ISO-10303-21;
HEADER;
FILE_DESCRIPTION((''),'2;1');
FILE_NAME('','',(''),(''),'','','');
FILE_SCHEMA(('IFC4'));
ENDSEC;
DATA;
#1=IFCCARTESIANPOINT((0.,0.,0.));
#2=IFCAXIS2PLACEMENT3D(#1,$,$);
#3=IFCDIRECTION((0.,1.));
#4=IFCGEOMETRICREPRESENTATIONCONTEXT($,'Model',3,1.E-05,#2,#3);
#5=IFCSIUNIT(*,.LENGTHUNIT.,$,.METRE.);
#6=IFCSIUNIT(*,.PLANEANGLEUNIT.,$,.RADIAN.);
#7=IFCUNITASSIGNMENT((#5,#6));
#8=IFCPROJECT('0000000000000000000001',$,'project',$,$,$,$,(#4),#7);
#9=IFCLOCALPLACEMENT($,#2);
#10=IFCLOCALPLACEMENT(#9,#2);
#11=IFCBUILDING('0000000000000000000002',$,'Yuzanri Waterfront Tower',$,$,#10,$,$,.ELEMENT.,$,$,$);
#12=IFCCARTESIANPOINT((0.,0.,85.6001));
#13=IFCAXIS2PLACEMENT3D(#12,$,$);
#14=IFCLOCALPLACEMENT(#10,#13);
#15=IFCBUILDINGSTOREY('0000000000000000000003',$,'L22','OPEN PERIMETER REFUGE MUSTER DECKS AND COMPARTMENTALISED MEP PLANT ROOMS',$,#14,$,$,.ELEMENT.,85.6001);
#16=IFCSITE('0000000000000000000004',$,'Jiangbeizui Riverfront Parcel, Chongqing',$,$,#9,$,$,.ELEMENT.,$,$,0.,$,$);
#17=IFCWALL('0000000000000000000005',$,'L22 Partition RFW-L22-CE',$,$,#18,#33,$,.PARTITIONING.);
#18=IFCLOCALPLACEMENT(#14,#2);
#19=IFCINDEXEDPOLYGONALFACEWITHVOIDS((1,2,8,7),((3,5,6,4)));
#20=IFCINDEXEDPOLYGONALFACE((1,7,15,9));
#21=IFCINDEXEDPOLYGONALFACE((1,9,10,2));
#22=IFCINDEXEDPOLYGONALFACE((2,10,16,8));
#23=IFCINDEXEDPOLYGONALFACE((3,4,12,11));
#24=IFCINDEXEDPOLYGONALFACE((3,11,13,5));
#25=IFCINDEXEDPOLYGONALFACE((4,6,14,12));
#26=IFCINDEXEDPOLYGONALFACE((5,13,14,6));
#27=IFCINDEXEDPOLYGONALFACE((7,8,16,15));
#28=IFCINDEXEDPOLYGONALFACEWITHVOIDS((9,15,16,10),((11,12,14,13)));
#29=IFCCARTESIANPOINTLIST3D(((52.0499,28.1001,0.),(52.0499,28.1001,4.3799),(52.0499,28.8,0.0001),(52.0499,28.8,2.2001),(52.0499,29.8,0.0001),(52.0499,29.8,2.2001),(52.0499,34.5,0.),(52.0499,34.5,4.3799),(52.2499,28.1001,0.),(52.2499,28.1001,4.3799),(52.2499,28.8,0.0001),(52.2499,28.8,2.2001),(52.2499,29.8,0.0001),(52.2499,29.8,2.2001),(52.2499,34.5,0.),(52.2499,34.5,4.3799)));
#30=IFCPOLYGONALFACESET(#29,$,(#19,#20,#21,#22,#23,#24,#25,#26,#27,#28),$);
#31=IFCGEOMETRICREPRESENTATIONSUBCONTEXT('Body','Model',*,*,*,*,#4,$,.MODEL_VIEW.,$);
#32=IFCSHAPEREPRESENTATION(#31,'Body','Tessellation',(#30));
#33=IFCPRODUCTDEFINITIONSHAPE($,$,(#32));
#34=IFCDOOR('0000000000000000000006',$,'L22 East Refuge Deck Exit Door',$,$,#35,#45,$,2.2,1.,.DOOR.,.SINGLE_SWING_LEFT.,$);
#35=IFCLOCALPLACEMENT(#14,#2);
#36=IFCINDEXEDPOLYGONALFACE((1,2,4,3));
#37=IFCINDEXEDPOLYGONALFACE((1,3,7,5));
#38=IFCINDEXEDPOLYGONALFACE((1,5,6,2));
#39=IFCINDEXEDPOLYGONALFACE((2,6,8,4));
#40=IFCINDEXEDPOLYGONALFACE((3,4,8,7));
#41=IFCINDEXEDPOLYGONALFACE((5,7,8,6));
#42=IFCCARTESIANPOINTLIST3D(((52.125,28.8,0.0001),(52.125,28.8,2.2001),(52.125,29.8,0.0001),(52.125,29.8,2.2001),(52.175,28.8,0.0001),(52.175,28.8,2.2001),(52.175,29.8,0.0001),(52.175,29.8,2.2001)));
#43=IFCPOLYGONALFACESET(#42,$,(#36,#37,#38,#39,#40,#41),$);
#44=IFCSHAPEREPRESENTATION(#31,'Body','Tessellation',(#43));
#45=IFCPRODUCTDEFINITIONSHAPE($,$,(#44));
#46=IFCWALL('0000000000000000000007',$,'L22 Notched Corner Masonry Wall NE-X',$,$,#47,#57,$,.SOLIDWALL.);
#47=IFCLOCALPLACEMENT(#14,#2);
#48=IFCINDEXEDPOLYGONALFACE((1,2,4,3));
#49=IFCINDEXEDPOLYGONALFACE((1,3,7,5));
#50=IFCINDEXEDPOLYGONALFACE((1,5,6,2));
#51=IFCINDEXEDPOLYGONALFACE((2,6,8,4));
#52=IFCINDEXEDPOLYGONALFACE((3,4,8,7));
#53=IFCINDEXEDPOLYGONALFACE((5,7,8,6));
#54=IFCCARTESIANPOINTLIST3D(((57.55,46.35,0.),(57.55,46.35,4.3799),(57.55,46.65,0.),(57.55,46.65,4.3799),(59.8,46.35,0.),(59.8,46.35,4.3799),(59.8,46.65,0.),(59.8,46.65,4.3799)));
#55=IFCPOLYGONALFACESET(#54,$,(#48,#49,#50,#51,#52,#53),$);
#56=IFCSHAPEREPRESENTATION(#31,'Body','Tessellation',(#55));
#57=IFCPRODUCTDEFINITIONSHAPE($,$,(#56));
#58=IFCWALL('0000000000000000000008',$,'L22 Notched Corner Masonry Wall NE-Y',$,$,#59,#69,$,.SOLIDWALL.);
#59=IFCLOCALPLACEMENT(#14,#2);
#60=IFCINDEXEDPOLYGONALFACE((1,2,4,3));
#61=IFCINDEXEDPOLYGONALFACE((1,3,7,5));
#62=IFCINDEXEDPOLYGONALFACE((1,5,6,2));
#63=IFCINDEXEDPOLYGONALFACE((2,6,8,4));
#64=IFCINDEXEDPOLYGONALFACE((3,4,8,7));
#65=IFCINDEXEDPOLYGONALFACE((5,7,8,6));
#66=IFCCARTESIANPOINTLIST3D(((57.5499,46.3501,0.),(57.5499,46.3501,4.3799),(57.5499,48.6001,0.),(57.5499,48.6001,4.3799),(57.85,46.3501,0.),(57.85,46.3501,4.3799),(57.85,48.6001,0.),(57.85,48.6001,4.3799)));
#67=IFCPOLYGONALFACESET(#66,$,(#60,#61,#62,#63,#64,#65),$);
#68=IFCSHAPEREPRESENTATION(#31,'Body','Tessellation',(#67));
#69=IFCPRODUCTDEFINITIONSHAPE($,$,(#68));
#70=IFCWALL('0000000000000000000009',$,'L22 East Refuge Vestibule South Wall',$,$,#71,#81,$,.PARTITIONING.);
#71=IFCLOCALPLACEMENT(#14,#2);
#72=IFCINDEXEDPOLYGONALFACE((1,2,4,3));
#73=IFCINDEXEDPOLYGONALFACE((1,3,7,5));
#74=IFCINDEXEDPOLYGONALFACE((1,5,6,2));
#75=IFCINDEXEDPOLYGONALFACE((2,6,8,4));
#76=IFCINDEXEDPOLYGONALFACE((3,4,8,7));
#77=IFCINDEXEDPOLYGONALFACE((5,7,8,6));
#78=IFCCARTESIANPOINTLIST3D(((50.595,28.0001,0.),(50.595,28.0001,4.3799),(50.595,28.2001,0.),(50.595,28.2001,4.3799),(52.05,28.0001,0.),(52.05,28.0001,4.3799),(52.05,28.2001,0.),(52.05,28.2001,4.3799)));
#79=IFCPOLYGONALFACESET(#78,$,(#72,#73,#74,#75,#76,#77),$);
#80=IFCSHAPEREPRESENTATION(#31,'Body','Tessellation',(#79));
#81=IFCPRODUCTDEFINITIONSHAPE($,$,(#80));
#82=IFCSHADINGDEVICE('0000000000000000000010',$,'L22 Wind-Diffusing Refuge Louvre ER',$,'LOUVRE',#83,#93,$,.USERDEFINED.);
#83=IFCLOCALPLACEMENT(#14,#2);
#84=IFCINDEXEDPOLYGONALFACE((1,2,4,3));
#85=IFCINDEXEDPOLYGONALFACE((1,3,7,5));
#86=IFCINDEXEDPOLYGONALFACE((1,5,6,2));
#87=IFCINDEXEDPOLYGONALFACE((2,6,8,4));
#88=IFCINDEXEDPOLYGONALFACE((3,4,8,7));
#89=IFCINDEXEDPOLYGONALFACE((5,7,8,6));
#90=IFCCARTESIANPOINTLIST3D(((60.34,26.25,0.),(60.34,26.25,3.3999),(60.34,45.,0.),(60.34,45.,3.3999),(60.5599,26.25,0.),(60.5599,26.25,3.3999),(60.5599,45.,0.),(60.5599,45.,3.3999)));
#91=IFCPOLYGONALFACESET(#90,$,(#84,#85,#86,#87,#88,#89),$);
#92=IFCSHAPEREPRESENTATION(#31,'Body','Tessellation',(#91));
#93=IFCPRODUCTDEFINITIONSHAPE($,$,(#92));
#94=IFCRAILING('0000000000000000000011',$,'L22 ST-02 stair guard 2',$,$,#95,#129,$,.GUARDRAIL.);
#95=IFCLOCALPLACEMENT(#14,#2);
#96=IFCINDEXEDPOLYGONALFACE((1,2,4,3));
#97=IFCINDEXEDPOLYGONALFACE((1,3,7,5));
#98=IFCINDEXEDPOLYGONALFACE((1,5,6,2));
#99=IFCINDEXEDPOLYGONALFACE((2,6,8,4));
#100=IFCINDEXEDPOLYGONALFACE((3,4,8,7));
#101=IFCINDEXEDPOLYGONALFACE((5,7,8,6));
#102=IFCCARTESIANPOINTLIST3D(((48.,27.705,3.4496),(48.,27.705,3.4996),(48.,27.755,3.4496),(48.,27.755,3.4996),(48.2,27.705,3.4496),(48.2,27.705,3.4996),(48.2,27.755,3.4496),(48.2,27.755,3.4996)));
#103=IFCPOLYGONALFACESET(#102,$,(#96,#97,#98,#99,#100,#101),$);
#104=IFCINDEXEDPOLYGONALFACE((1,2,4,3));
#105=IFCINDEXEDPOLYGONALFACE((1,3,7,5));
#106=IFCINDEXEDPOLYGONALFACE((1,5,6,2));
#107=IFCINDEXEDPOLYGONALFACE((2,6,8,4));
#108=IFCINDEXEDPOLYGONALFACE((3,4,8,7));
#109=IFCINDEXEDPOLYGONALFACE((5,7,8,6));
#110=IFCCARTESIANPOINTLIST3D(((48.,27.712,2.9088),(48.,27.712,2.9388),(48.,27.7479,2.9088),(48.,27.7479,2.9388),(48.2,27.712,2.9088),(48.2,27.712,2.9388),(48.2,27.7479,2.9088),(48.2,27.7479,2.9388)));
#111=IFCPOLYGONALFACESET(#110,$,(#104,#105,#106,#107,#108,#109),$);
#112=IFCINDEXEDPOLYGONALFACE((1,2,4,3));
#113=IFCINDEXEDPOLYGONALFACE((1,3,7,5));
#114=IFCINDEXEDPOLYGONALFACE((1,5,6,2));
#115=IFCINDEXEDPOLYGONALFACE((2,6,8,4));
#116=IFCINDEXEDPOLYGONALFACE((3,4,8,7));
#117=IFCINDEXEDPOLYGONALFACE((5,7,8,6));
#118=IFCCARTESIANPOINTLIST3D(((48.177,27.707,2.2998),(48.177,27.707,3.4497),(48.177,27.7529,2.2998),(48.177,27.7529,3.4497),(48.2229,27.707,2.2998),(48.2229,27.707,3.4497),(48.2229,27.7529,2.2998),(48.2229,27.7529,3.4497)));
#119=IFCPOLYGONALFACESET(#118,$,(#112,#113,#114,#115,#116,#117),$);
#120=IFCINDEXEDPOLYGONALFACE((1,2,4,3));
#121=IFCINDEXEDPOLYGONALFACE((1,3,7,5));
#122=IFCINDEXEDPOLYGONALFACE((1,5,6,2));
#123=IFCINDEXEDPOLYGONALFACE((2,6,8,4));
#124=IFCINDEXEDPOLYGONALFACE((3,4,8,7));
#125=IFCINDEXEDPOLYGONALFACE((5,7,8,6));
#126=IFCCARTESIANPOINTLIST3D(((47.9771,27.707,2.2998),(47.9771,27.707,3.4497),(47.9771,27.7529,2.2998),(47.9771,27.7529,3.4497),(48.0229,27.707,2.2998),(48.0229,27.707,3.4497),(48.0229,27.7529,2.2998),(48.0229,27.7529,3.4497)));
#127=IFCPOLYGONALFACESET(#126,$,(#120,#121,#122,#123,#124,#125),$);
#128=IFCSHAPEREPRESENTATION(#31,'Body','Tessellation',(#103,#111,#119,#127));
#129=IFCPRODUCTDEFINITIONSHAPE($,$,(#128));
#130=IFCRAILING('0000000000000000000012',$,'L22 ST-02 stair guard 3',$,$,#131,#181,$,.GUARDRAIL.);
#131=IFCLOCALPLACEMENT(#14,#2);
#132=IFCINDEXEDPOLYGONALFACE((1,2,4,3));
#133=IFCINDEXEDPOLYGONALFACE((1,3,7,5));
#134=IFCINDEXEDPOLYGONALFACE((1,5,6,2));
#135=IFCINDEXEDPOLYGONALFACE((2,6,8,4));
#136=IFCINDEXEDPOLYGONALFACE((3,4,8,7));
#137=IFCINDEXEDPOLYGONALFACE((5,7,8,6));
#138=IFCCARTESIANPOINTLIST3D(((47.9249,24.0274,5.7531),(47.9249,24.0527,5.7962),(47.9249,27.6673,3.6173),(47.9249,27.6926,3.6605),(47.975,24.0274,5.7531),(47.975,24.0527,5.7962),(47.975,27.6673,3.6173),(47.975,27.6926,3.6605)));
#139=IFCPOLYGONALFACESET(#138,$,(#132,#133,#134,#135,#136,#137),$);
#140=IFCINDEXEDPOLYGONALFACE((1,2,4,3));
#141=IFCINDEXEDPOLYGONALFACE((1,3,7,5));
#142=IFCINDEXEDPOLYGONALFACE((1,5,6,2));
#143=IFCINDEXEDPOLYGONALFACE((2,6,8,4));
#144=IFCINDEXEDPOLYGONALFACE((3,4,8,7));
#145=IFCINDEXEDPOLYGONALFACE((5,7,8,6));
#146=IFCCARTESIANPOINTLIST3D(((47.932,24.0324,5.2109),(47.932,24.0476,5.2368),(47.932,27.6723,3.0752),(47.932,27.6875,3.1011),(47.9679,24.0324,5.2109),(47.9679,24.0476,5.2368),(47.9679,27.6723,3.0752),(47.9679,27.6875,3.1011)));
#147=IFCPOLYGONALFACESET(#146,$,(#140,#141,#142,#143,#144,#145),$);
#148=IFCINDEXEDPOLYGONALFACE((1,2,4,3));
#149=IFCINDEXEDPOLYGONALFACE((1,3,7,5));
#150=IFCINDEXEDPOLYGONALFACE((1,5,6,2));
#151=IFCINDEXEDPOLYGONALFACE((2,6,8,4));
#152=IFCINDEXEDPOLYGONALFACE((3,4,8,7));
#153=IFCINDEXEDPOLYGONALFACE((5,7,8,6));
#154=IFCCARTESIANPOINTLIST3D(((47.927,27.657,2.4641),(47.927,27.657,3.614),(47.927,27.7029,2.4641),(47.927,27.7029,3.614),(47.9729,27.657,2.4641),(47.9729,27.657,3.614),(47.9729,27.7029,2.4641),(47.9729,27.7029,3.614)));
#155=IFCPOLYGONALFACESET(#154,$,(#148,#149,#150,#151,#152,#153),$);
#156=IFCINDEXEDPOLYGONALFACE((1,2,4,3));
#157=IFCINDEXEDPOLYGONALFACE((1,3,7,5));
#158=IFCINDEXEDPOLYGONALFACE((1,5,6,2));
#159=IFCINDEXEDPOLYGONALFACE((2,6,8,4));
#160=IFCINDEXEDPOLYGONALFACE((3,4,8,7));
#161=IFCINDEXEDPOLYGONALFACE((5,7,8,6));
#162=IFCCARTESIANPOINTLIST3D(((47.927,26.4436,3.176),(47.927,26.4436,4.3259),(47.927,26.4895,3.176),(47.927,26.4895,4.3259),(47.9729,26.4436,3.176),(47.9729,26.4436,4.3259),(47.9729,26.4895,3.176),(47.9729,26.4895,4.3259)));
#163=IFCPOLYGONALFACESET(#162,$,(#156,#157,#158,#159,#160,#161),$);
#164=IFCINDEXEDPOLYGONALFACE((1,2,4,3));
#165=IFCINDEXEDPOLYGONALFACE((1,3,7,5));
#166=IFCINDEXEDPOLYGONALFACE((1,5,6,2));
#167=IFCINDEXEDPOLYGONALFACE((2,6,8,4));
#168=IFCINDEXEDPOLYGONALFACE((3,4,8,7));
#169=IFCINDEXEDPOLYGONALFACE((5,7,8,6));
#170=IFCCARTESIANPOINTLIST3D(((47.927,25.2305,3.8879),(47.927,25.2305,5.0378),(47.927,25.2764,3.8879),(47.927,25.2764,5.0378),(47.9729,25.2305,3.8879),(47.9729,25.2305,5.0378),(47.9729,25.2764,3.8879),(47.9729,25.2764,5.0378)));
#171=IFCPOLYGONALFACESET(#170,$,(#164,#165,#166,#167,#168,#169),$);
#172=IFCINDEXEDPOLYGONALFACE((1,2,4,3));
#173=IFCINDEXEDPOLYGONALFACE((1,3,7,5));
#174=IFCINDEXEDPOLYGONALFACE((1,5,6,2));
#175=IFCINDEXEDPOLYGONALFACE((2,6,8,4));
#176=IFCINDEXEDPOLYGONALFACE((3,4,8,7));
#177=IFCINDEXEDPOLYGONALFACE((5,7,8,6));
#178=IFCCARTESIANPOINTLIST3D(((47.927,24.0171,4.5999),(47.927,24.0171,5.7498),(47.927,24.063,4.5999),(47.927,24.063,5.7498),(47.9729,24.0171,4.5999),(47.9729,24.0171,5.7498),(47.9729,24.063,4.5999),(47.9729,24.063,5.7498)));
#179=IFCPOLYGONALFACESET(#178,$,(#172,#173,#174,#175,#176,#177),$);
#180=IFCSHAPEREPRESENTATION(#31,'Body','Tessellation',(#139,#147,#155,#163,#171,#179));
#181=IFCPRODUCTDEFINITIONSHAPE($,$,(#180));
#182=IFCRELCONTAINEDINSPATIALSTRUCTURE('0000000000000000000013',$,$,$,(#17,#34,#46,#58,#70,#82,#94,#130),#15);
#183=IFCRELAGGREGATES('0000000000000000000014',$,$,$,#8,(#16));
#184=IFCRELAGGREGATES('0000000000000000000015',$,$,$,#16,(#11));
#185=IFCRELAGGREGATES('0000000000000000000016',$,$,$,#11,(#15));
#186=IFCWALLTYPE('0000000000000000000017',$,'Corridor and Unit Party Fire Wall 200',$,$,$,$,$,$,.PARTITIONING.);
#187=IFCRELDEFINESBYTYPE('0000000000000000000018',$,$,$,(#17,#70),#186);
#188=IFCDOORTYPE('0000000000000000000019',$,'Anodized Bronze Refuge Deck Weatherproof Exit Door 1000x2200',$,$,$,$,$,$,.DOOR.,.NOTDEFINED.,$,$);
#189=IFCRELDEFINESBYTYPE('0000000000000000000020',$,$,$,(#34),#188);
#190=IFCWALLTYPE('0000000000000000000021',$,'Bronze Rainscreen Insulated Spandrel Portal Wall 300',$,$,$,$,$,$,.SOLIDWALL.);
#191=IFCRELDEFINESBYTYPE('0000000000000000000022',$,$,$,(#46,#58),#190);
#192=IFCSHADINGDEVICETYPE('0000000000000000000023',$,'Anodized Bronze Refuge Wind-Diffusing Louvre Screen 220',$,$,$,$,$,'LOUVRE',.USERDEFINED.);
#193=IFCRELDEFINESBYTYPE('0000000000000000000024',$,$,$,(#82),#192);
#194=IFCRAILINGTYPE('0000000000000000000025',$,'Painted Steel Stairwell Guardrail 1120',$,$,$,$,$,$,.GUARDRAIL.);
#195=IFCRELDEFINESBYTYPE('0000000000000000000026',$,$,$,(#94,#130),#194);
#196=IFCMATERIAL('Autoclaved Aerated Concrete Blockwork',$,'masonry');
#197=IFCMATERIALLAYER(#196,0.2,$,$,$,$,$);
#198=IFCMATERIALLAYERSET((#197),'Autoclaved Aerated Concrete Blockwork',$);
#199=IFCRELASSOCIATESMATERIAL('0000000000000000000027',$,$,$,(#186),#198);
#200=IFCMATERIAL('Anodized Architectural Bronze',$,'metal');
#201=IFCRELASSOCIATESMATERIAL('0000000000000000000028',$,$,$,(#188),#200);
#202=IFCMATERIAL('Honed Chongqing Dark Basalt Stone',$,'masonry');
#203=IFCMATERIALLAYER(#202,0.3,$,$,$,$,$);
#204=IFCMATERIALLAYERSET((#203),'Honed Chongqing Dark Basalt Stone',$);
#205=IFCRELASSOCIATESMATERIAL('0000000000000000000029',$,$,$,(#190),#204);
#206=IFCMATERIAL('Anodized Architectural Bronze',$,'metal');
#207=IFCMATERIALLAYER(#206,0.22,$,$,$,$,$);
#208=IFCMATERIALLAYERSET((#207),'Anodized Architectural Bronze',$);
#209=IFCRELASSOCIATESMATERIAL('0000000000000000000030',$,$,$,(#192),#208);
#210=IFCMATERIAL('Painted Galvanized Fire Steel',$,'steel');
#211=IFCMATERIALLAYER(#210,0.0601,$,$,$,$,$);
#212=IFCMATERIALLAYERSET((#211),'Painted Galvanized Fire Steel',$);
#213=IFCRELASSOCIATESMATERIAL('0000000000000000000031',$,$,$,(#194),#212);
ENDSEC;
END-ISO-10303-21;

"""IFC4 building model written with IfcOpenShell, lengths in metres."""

from ifc_helpers import new_model, si_unit, direction, frame, frame_2d, origin, origin_2d, place, context, subcontext, project, spatial, rectangle, extrude, source, transform, mapped, material, layer, layer_set, type_object, element, fill, save


model = new_model("IFC4")

# Units and contexts
model_context = context("Model", 3, precision=1e-05, world=origin(), true_north=direction((0.0, 1.0)))
body_context = subcontext(model_context, "Body", "Model", "MODEL_VIEW")
ifc_project = project(units=[si_unit("LENGTHUNIT", "METRE"), si_unit("PLANEANGLEUNIT", "RADIAN")], contexts=[model_context])

# Site, building, storey
site_placement = place(None, origin())
site = spatial("IfcSite", under=ifc_project, at=site_placement, Name="Jiangbeizui Riverfront Parcel, Chongqing", CompositionType="ELEMENT", RefElevation=0.0)
building_placement = place(site_placement, origin())
building = spatial("IfcBuilding", under=site, at=building_placement, Name="Yuzanri Waterfront Tower", CompositionType="ELEMENT")
storey_placement = place(building_placement, frame((0.0, 0.0, 85.6001)))
storey = spatial("IfcBuildingStorey", under=building, at=storey_placement, Name="L22", Description="OPEN PERIMETER REFUGE MUSTER DECKS AND COMPARTMENTALISED MEP PLANT ROOMS", CompositionType="ELEMENT", Elevation=85.6001)

# Wall, opening, door
ifc_material_1 = material(Name="Autoclaved Aerated Concrete Blockwork", Category="masonry")
ifc_layer_1 = layer(ifc_material_1, 0.2)
ifc_layer_set_1 = layer_set([ifc_layer_1], Name="Autoclaved Aerated Concrete Blockwork")
wall_type_1 = type_object("IfcWallType", Name="Corridor and Unit Party Fire Wall 200", PredefinedType="PARTITIONING", material=ifc_layer_set_1)
wall_1_placement = place(storey_placement, frame((52.1499, 28.1001, 0.0), z_axis=(0.0, 0.0, 1.0), x_axis=(0.0, 1.0, 0.0)))
wall_1 = element("IfcWall", 1, at=wall_1_placement, inside=storey, type_object=wall_type_1, Name="L22 Partition RFW-L22-CE", PredefinedType="PARTITIONING", context=body_context, shape_type="SweptSolid", body=[
    extrude(rectangle(XDim=6.3999, YDim=0.2, at=frame_2d((3.2, 0.0))), origin(), (0.0, 0.0, 1.0), 4.3799),
])
opening_placement = place(wall_1_placement, frame((0.7, 0.0, 0.0)))
opening = element("IfcOpeningElement", 2, at=opening_placement, cuts=wall_1, PredefinedType="OPENING", context=body_context, shape_type="SweptSolid", body=[
    extrude(rectangle(XDim=1.0, YDim=2.2, at=frame_2d((0.5, 1.1001))), frame((0.0, 0.1147, 0.0), z_axis=(0.0, -1.0, 0.0), x_axis=(1.0, 0.0, 0.0)), (0.0, 0.0, 1.0), 0.2297),
])
ifc_material_2 = material(Name="Anodized Architectural Bronze", Category="metal")
door_type = type_object("IfcDoorType", Name="Anodized Bronze Refuge Deck Weatherproof Exit Door 1000x2200", OperationType="NOTDEFINED", PredefinedType="DOOR", material=ifc_material_2)
shared_shape_1 = source(origin(), body_context, "Body", "SweptSolid", [
    extrude(rectangle(XDim=1.0, YDim=2.2, at=frame_2d((0.5, 1.1001))), frame((0.0, 0.0249, 0.0), z_axis=(0.0, -1.0, 0.0), x_axis=(1.0, 0.0, 0.0)), (0.0, 0.0, 1.0), 0.05),
])
door_placement = place(opening_placement, origin())
door = element("IfcDoor", 3, at=door_placement, inside=storey, type_object=door_type, Name="L22 East Refuge Deck Exit Door", OperationType="SINGLE_SWING_LEFT", OverallHeight=2.2, OverallWidth=1.0, PredefinedType="DOOR", context=body_context, shape_type="MappedRepresentation", body=[
    mapped(shared_shape_1, transform((0.0, 0.0, 0.0), scale=1.0)),
])
fill(opening, door)

# Walls
ifc_material_3 = material(Name="Honed Chongqing Dark Basalt Stone", Category="masonry")
ifc_layer_2 = layer(ifc_material_3, 0.3)
ifc_layer_set_2 = layer_set([ifc_layer_2], Name="Honed Chongqing Dark Basalt Stone")
wall_type_2 = type_object("IfcWallType", Name="Bronze Rainscreen Insulated Spandrel Portal Wall 300", PredefinedType="SOLIDWALL", material=ifc_layer_set_2)
shared_shape_2 = source(origin(), body_context, "Body", "SweptSolid", [
    extrude(rectangle(XDim=2.25, YDim=0.3, at=frame_2d((1.125, 0.0))), origin(), (0.0, 0.0, 1.0), 4.3799),
])
for number, where, z_axis, x_axis, name in (
    (4, (59.8, 46.5, 0.0), (0.0, 0.0, 1.0), (-1.0, 0.0, 0.0), "L22 Notched Corner Masonry Wall NE-X"),
    (5, (57.7, 46.3501, 0.0), (0.0, 0.0, 1.0), (0.0, 1.0, 0.0), "L22 Notched Corner Masonry Wall NE-Y"),
):
    element("IfcWall", number, at=place(storey_placement, frame(where, z_axis=z_axis, x_axis=x_axis)), inside=storey, type_object=wall_type_2, Name=name, PredefinedType="SOLIDWALL", context=body_context, shape_type="MappedRepresentation", body=[
        mapped(shared_shape_2, transform((0.0, 0.0, 0.0), scale=1.0)),
    ])
shared_shape_3 = source(origin(), body_context, "Body", "SweptSolid", [
    extrude(rectangle(XDim=1.4551, YDim=0.2, at=frame_2d((0.7275, 0.0))), origin(), (0.0, 0.0, 1.0), 4.3799),
])
wall_2_placement = place(storey_placement, frame((50.595, 28.1001, 0.0), z_axis=(0.0, 0.0, 1.0), x_axis=(1.0, 0.0, 0.0)))
element("IfcWall", 6, at=wall_2_placement, inside=storey, type_object=wall_type_1, Name="L22 East Refuge Vestibule South Wall", PredefinedType="PARTITIONING", context=body_context, shape_type="MappedRepresentation", body=[
    mapped(shared_shape_3, transform((0.0, 0.0, 0.0), scale=1.0)),
])

# Shading device
ifc_material_4 = material(Name="Anodized Architectural Bronze", Category="metal")
ifc_layer_3 = layer(ifc_material_4, 0.22)
ifc_layer_set_3 = layer_set([ifc_layer_3], Name="Anodized Architectural Bronze")
shading_device_type = type_object("IfcShadingDeviceType", Name="Anodized Bronze Refuge Wind-Diffusing Louvre Screen 220", ElementType="LOUVRE", PredefinedType="USERDEFINED", material=ifc_layer_set_3)
shared_shape_4 = source(origin(), body_context, "Body", "SweptSolid", [
    extrude(rectangle(XDim=0.22, YDim=18.75, at=origin_2d()), origin(), (0.0, 0.0, 1.0), 3.3999),
])
shading_device_placement = place(storey_placement, frame((60.45, 35.625, 0.0), z_axis=(0.0, 0.0, 1.0), x_axis=(1.0, 0.0, 0.0)))
element("IfcShadingDevice", 7, at=shading_device_placement, inside=storey, type_object=shading_device_type, Name="L22 Wind-Diffusing Refuge Louvre ER", ObjectType="LOUVRE", PredefinedType="USERDEFINED", context=body_context, shape_type="MappedRepresentation", body=[
    mapped(shared_shape_4, transform((0.0, 0.0, 0.0), scale=1.0)),
])

# Railings
ifc_material_5 = material(Name="Painted Galvanized Fire Steel", Category="steel")
ifc_layer_4 = layer(ifc_material_5, 0.0601)
ifc_layer_set_4 = layer_set([ifc_layer_4], Name="Painted Galvanized Fire Steel")
railing_type = type_object("IfcRailingType", Name="Painted Steel Stairwell Guardrail 1120", PredefinedType="GUARDRAIL", material=ifc_layer_set_4)
shared_shape_5 = source(origin(), body_context, "Body", "SweptSolid", [
    extrude(rectangle(XDim=0.05, YDim=0.05, at=origin_2d()), frame((0.0, 0.0, 1.1748), z_axis=(-1.0, 0.0, 0.0), x_axis=(0.0, -1.0, 0.0)), (0.0, 0.0, 1.0), 0.2),
    extrude(rectangle(XDim=0.0359, YDim=0.03, at=origin_2d()), frame((0.0, 0.0, 0.624), z_axis=(-1.0, 0.0, 0.0), x_axis=(0.0, -1.0, 0.0)), (0.0, 0.0, 1.0), 0.2),
    extrude(rectangle(XDim=0.0459, YDim=0.0459, at=origin_2d()), origin(), (0.0, 0.0, 1.0), 1.1499),
    extrude(rectangle(XDim=0.0459, YDim=0.0459, at=origin_2d()), frame((-0.2, 0.0, 0.0)), (0.0, 0.0, 1.0), 1.1499),
])
railing_1_placement = place(storey_placement, frame((48.2, 27.73, 2.2998)))
element("IfcRailing", 8, at=railing_1_placement, inside=storey, type_object=railing_type, Name="L22 ST-02 stair guard 2", PredefinedType="GUARDRAIL", context=body_context, shape_type="MappedRepresentation", body=[
    mapped(shared_shape_5, transform((0.0, 0.0, 0.0), scale=1.0)),
])
shared_shape_6 = source(origin(), body_context, "Body", "SweptSolid", [
    extrude(rectangle(XDim=0.05, YDim=0.05, at=origin_2d()), frame((0.0, 0.0, 1.1748), z_axis=(0.0, -0.86249, 0.506074), x_axis=(1.0, 0.0, 0.0)), (0.0, 0.0, 1.0), 4.2202),
    extrude(rectangle(XDim=0.0359, YDim=0.03, at=origin_2d()), frame((0.0, 0.0, 0.624), z_axis=(0.0, -0.86249, 0.506074), x_axis=(1.0, 0.0, 0.0)), (0.0, 0.0, 1.0), 4.2202),
    extrude(rectangle(XDim=0.0459, YDim=0.0459, at=origin_2d()), origin(), (0.0, 0.0, 1.0), 1.1499),
    extrude(rectangle(XDim=0.0459, YDim=0.0459, at=origin_2d()), frame((0.0, -1.2134, 0.7119)), (0.0, 0.0, 1.0), 1.1499),
    extrude(rectangle(XDim=0.0459, YDim=0.0459, at=origin_2d()), frame((0.0, -2.4265, 1.4238)), (0.0, 0.0, 1.0), 1.1499),
    extrude(rectangle(XDim=0.0459, YDim=0.0459, at=origin_2d()), frame((0.0, -3.6399, 2.1357)), (0.0, 0.0, 1.0), 1.1499),
])
railing_2_placement = place(storey_placement, frame((47.95, 27.6799, 2.4641)))
element("IfcRailing", 9, at=railing_2_placement, inside=storey, type_object=railing_type, Name="L22 ST-02 stair guard 3", PredefinedType="GUARDRAIL", context=body_context, shape_type="MappedRepresentation", body=[
    mapped(shared_shape_6, transform((0.0, 0.0, 0.0), scale=1.0)),
])

save(model, "model.ifc")
